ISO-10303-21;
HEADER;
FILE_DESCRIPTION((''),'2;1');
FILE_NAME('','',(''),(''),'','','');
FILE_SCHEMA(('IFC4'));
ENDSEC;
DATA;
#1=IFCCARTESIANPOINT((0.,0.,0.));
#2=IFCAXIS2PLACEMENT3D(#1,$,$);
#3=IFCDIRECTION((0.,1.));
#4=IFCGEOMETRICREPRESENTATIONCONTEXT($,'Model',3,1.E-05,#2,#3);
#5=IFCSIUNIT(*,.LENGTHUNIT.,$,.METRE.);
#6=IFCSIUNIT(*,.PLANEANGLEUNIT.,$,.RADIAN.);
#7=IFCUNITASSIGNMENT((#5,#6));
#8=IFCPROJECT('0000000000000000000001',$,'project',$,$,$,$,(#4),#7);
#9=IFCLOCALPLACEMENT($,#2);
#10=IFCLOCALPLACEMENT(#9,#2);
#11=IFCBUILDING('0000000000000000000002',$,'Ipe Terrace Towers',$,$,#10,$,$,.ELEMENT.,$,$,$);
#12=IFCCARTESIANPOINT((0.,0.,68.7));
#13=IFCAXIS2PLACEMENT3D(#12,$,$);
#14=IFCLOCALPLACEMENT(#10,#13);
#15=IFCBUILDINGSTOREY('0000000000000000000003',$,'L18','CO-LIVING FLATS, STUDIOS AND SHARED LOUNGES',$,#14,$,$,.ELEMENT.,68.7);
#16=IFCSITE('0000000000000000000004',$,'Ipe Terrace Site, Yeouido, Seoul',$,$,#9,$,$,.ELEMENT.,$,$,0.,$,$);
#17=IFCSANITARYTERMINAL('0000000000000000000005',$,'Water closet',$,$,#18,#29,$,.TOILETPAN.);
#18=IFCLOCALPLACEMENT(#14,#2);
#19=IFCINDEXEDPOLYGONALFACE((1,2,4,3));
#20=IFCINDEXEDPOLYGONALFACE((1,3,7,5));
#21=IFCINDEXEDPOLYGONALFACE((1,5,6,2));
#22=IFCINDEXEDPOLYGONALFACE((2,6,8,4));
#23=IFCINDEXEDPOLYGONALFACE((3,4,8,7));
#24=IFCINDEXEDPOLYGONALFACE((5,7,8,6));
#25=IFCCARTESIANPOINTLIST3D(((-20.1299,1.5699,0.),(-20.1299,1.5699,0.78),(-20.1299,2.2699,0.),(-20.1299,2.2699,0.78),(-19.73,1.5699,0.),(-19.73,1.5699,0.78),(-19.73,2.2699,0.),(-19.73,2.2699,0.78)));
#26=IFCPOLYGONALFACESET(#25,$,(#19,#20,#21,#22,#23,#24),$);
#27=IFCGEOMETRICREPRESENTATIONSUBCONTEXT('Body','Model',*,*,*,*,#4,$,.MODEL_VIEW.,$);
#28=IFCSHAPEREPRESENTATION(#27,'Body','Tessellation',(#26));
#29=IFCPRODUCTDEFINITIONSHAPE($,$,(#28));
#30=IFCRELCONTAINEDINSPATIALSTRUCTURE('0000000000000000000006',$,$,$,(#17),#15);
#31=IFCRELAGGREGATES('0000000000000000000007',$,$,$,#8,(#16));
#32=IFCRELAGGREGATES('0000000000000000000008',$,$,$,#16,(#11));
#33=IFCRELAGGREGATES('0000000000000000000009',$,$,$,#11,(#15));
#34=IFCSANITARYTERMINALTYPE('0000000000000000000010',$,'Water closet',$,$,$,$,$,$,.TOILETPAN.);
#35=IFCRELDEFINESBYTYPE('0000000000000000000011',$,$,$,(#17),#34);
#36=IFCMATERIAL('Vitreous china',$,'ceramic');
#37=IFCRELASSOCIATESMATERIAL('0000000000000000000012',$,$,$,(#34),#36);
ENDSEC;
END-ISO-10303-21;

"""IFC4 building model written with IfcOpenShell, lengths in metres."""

from ifc_helpers import new_model, si_unit, direction, frame, origin, origin_2d, place, context, subcontext, project, spatial, rectangle, extrude, material, type_object, element, save


model = new_model("IFC4")

# Units and contexts
model_context = context("Model", 3, precision=1e-05, world=origin(), true_north=direction((0.0, 1.0)))
body_context = subcontext(model_context, "Body", "Model", "MODEL_VIEW")
ifc_project = project(units=[si_unit("LENGTHUNIT", "METRE"), si_unit("PLANEANGLEUNIT", "RADIAN")], contexts=[model_context])

# Site, building, storey
site_placement = place(None, origin())
site = spatial("IfcSite", under=ifc_project, at=site_placement, Name="Ipe Terrace Site, Yeouido, Seoul", CompositionType="ELEMENT", RefElevation=0.0)
building_placement = place(site_placement, origin())
building = spatial("IfcBuilding", under=site, at=building_placement, Name="Ipe Terrace Towers", CompositionType="ELEMENT")
storey_placement = place(building_placement, frame((0.0, 0.0, 68.7)))
storey = spatial("IfcBuildingStorey", under=building, at=storey_placement, Name="L18", Description="CO-LIVING FLATS, STUDIOS AND SHARED LOUNGES", CompositionType="ELEMENT", Elevation=68.7)

# Sanitary terminal
ifc_material_1 = material(Name="Vitreous china", Category="ceramic")
sanitary_terminal_type_1 = type_object("IfcSanitaryTerminalType", Name="Water closet", PredefinedType="TOILETPAN", material=ifc_material_1)
sanitary_terminal_1_placement = place(storey_placement, frame((-19.9299, 1.9199, 0.0), z_axis=(0.0, 0.0, 1.0), x_axis=(0.0, 1.0, 0.0)))
element("IfcSanitaryTerminal", 1, at=sanitary_terminal_1_placement, inside=storey, type_object=sanitary_terminal_type_1, Name="Water closet", PredefinedType="TOILETPAN", context=body_context, shape_type="SweptSolid", body=[
    extrude(rectangle(XDim=0.7, YDim=0.3999, at=origin_2d()), origin(), (0.0, 0.0, 1.0), 0.78),
])

save(model, "model.ifc")
